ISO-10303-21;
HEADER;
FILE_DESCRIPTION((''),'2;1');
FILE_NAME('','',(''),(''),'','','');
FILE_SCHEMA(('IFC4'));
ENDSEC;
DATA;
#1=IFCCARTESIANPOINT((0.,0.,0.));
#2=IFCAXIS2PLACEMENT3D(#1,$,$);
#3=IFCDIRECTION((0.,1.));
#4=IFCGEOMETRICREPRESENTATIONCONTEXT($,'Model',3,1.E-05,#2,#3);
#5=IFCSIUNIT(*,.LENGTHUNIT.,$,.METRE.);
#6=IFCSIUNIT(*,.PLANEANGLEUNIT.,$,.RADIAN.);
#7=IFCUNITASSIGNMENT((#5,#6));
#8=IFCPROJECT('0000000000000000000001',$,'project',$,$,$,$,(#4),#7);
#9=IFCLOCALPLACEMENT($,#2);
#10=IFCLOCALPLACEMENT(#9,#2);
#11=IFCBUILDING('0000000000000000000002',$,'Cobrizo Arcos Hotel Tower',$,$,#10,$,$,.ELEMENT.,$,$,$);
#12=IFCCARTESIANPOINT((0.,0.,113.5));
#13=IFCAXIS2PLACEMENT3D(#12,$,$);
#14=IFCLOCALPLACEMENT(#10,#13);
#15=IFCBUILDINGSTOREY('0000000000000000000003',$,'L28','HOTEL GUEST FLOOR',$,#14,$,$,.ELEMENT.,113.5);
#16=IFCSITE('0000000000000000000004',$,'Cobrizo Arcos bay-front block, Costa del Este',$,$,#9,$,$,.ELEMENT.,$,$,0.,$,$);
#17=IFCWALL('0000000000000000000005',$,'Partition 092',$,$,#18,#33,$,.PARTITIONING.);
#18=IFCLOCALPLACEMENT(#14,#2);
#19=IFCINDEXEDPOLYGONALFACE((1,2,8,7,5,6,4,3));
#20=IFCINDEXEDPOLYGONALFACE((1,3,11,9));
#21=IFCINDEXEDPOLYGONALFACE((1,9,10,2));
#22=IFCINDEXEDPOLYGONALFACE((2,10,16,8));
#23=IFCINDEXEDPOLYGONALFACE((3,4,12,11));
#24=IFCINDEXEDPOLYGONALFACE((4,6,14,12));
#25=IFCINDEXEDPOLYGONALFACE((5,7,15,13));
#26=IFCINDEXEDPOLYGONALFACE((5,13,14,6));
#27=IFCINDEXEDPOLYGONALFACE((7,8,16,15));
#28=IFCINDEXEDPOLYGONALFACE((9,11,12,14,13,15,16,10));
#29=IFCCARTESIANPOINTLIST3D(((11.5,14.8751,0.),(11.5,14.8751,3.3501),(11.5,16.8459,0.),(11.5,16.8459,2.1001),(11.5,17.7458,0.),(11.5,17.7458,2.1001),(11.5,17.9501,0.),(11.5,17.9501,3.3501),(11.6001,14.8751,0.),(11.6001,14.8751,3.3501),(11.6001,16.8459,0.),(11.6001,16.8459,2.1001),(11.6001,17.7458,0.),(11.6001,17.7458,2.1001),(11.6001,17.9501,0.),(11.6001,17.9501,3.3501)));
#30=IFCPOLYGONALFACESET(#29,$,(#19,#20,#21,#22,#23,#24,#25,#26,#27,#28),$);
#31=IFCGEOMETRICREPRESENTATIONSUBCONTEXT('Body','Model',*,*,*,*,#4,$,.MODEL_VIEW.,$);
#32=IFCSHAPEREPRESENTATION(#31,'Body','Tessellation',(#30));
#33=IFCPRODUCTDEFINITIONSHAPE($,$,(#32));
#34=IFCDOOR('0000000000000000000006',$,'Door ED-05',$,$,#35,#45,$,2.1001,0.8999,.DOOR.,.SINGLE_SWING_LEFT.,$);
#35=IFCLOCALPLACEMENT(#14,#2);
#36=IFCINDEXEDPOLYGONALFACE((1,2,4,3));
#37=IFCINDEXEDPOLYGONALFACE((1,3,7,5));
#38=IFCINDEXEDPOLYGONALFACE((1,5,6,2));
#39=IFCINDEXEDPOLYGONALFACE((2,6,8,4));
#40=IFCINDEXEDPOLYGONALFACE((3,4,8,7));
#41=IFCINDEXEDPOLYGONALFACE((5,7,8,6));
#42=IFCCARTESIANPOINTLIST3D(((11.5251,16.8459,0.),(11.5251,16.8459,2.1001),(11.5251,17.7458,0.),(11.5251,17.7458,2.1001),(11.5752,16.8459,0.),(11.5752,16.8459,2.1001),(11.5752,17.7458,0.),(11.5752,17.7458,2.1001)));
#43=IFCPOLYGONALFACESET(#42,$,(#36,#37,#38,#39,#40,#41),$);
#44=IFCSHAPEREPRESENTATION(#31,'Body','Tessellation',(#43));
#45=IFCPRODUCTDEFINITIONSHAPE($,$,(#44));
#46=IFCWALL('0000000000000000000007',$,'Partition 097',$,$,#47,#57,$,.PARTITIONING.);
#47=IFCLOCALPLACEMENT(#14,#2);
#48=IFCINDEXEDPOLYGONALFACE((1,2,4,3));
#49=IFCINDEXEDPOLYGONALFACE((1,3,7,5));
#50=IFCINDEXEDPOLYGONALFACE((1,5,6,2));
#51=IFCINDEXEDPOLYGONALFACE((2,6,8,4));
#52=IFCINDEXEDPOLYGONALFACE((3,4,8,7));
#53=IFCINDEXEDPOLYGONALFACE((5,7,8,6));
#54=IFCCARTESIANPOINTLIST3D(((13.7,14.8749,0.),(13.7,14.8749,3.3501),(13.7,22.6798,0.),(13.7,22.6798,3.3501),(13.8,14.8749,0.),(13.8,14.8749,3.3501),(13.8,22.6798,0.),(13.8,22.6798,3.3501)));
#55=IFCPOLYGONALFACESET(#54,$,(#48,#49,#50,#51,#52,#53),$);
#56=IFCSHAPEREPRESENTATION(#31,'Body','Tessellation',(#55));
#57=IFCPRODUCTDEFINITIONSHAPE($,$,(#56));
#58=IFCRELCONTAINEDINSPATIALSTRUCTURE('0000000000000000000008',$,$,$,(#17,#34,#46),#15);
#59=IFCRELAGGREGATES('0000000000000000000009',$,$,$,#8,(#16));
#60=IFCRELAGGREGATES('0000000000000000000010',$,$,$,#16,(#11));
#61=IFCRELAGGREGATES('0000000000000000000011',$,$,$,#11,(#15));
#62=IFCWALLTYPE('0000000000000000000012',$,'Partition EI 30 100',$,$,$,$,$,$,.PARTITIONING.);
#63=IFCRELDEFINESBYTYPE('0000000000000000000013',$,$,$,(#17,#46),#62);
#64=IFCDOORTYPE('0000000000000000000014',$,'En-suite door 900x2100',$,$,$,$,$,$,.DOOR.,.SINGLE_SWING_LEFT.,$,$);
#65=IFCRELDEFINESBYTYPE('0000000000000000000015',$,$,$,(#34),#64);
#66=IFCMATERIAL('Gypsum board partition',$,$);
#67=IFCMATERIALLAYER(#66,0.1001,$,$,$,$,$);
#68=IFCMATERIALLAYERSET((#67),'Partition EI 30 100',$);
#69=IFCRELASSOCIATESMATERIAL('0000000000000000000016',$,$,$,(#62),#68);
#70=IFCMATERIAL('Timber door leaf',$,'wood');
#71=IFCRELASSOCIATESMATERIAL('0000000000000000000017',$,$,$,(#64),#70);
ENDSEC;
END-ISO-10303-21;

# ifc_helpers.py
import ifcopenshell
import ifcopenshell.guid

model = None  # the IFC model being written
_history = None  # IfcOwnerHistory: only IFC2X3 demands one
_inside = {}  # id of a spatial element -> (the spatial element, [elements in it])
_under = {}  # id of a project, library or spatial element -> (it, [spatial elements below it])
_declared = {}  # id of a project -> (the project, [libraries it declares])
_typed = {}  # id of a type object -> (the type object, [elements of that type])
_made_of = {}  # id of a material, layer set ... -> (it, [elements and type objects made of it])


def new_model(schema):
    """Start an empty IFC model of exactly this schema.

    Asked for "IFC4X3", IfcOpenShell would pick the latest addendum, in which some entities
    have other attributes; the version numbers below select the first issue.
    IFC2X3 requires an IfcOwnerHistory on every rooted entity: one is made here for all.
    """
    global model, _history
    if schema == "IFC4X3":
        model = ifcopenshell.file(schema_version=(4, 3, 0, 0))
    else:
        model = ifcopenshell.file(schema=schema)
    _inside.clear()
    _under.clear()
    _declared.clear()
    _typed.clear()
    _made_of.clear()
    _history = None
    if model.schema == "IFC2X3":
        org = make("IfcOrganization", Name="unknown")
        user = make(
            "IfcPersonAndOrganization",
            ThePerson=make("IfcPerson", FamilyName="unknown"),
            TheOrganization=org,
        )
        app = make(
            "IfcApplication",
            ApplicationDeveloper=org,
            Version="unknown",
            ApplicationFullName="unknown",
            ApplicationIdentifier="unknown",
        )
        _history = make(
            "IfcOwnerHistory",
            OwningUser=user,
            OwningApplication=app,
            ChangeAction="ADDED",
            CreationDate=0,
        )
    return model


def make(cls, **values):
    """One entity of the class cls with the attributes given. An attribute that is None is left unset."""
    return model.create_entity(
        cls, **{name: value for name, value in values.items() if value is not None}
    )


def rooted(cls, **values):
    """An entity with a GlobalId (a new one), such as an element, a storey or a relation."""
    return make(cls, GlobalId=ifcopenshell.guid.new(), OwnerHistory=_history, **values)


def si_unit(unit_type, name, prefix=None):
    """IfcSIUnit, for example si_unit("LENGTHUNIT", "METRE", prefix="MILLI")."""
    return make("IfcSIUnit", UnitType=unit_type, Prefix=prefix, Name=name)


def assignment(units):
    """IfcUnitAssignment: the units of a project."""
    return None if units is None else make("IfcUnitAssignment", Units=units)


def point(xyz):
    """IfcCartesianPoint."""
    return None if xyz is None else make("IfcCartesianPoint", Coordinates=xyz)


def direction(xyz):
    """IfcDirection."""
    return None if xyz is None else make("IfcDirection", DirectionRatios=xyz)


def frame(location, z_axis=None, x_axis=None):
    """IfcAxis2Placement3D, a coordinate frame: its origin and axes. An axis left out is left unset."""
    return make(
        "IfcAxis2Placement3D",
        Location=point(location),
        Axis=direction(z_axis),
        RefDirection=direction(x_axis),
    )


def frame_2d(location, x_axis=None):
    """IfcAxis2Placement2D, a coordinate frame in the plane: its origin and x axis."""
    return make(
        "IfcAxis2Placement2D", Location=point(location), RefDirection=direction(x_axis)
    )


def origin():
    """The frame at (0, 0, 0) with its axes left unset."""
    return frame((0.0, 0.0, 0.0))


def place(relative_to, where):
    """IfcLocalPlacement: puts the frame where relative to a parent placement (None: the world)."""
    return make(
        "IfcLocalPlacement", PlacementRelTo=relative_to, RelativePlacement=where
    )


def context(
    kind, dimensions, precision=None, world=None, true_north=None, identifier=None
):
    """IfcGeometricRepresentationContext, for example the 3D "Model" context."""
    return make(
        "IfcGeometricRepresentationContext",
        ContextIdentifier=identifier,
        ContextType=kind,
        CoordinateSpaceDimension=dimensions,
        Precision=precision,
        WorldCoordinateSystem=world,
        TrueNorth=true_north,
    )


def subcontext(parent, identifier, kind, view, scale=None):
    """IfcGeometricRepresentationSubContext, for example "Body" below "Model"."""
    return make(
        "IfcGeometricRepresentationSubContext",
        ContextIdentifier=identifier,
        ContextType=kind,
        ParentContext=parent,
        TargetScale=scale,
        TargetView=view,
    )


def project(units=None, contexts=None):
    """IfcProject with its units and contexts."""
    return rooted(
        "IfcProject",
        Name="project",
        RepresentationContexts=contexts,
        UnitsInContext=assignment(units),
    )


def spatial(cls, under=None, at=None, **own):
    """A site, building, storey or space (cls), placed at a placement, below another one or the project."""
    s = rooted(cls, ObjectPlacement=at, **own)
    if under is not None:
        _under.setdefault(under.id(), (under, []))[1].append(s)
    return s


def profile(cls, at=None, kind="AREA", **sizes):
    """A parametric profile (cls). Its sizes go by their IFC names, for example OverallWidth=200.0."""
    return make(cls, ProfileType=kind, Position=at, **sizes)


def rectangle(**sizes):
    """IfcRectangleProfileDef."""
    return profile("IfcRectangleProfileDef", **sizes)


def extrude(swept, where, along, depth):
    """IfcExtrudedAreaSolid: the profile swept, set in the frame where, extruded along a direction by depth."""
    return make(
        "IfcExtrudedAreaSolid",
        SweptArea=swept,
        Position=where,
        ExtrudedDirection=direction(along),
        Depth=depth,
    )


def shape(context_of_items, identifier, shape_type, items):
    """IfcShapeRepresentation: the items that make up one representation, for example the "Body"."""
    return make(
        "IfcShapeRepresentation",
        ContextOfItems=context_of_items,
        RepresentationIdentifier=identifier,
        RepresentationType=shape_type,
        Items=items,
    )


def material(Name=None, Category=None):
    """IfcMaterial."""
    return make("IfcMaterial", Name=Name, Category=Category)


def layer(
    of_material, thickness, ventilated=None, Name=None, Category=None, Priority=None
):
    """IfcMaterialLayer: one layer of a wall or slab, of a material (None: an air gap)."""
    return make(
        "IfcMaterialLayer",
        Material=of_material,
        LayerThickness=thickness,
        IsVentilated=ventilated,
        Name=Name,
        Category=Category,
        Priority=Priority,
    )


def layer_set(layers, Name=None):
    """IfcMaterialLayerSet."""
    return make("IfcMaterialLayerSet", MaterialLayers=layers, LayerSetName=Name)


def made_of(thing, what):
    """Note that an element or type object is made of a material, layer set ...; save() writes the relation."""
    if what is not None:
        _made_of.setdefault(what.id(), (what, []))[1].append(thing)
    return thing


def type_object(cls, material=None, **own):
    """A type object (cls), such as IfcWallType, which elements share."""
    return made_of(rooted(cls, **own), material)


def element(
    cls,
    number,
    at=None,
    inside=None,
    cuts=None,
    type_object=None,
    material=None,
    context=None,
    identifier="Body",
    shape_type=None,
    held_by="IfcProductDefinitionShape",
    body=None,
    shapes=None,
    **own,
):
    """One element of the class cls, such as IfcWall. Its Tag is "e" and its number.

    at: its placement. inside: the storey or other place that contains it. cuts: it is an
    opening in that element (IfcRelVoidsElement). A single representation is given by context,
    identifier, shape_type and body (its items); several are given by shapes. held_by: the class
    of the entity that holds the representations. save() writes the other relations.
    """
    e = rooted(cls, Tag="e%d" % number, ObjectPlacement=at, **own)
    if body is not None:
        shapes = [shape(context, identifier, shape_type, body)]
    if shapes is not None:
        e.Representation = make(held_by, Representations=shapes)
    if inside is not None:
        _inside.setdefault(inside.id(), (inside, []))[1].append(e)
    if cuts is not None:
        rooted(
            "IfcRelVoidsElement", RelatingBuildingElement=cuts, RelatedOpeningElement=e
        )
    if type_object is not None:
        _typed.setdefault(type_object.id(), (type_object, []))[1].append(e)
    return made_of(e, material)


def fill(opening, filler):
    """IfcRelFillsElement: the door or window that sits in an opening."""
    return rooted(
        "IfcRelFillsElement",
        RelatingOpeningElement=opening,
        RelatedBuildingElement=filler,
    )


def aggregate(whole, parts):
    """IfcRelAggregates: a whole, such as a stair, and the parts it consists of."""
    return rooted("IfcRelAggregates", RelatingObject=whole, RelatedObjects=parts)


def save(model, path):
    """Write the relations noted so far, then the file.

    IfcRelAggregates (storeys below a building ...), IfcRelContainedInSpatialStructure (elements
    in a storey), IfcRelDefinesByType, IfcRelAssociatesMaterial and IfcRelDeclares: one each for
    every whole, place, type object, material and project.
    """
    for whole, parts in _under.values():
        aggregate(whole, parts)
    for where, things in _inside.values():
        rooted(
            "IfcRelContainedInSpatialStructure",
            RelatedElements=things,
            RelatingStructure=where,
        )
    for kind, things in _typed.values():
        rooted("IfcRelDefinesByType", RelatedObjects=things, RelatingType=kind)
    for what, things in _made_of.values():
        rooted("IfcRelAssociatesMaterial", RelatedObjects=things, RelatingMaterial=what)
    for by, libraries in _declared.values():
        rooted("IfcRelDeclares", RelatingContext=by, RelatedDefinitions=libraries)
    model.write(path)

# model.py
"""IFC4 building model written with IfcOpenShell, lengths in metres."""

from ifc_helpers import new_model, si_unit, direction, frame, frame_2d, origin, place, context, subcontext, project, spatial, rectangle, extrude, material, layer, layer_set, type_object, element, fill, save


model = new_model("IFC4")

# Units and contexts
model_context = context("Model", 3, precision=1e-05, world=origin(), true_north=direction((0.0, 1.0)))
body_context = subcontext(model_context, "Body", "Model", "MODEL_VIEW")
ifc_project = project(units=[si_unit("LENGTHUNIT", "METRE"), si_unit("PLANEANGLEUNIT", "RADIAN")], contexts=[model_context])

# Site, building, storey
site_placement = place(None, origin())
site = spatial("IfcSite", under=ifc_project, at=site_placement, Name="Cobrizo Arcos bay-front block, Costa del Este", CompositionType="ELEMENT", RefElevation=0.0)
building_placement = place(site_placement, origin())
building = spatial("IfcBuilding", under=site, at=building_placement, Name="Cobrizo Arcos Hotel Tower", CompositionType="ELEMENT")
storey_placement = place(building_placement, frame((0.0, 0.0, 113.5)))
storey = spatial("IfcBuildingStorey", under=building, at=storey_placement, Name="L28", Description="HOTEL GUEST FLOOR", CompositionType="ELEMENT", Elevation=113.5)

# Shared definitions
ifc_material_1 = material(Name="Gypsum board partition")
ifc_layer_1 = layer(ifc_material_1, 0.1001)
ifc_layer_set_1 = layer_set([ifc_layer_1], Name="Partition EI 30 100")
wall_type_1 = type_object("IfcWallType", Name="Partition EI 30 100", PredefinedType="PARTITIONING", material=ifc_layer_set_1)

# Shared definitions
ifc_material_2 = material(Name="Timber door leaf", Category="wood")

# Wall, opening, door
wall_1_placement = place(storey_placement, frame((11.55, 14.875, 0.0), z_axis=(0.0, 0.0, 1.0), x_axis=(0.0, 1.0, 0.0)))
wall_1 = element("IfcWall", 1, at=wall_1_placement, inside=storey, type_object=wall_type_1, Name="Partition 092", PredefinedType="PARTITIONING", context=body_context, shape_type="SweptSolid", body=[
    extrude(rectangle(XDim=3.075, YDim=0.1001, at=frame_2d((1.5376, 0.0))), origin(), (0.0, 0.0, 1.0), 3.3501),
])
opening_1_placement = place(wall_1_placement, frame((1.9709, 0.0, 0.0)))
opening_1 = element("IfcOpeningElement", 2, at=opening_1_placement, cuts=wall_1, PredefinedType="OPENING", context=body_context, shape_type="SweptSolid", body=[
    extrude(rectangle(XDim=0.8999, YDim=2.1001, at=frame_2d((0.45, 1.05))), frame((0.0, 0.062, 0.0), z_axis=(0.0, -1.0, 0.0), x_axis=(1.0, 0.0, 0.0)), (0.0, 0.0, 1.0), 0.124),
])
door_type_1 = type_object("IfcDoorType", Name="En-suite door 900x2100", OperationType="SINGLE_SWING_LEFT", PredefinedType="DOOR", material=ifc_material_2)
door_1_placement = place(opening_1_placement, origin())
door_1 = element("IfcDoor", 3, at=door_1_placement, inside=storey, type_object=door_type_1, Name="Door ED-05", OperationType="SINGLE_SWING_LEFT", OverallHeight=2.1001, OverallWidth=0.8999, PredefinedType="DOOR", context=body_context, shape_type="SweptSolid", body=[
    extrude(rectangle(XDim=0.8999, YDim=2.1001, at=frame_2d((0.45, 1.05))), frame((0.0, 0.0249, 0.0), z_axis=(0.0, -1.0, 0.0), x_axis=(1.0, 0.0, 0.0)), (0.0, 0.0, 1.0), 0.05),
])
fill(opening_1, door_1)

# Wall
wall_2_placement = place(storey_placement, frame((13.75, 14.875, 0.0), z_axis=(0.0, 0.0, 1.0), x_axis=(0.0, 1.0, 0.0)))
element("IfcWall", 4, at=wall_2_placement, inside=storey, type_object=wall_type_1, Name="Partition 097", PredefinedType="PARTITIONING", context=body_context, shape_type="SweptSolid", body=[
    extrude(rectangle(XDim=7.8049, YDim=0.1001, at=frame_2d((3.9023, 0.0))), origin(), (0.0, 0.0, 1.0), 3.3501),
])

save(model, "model.ifc")
